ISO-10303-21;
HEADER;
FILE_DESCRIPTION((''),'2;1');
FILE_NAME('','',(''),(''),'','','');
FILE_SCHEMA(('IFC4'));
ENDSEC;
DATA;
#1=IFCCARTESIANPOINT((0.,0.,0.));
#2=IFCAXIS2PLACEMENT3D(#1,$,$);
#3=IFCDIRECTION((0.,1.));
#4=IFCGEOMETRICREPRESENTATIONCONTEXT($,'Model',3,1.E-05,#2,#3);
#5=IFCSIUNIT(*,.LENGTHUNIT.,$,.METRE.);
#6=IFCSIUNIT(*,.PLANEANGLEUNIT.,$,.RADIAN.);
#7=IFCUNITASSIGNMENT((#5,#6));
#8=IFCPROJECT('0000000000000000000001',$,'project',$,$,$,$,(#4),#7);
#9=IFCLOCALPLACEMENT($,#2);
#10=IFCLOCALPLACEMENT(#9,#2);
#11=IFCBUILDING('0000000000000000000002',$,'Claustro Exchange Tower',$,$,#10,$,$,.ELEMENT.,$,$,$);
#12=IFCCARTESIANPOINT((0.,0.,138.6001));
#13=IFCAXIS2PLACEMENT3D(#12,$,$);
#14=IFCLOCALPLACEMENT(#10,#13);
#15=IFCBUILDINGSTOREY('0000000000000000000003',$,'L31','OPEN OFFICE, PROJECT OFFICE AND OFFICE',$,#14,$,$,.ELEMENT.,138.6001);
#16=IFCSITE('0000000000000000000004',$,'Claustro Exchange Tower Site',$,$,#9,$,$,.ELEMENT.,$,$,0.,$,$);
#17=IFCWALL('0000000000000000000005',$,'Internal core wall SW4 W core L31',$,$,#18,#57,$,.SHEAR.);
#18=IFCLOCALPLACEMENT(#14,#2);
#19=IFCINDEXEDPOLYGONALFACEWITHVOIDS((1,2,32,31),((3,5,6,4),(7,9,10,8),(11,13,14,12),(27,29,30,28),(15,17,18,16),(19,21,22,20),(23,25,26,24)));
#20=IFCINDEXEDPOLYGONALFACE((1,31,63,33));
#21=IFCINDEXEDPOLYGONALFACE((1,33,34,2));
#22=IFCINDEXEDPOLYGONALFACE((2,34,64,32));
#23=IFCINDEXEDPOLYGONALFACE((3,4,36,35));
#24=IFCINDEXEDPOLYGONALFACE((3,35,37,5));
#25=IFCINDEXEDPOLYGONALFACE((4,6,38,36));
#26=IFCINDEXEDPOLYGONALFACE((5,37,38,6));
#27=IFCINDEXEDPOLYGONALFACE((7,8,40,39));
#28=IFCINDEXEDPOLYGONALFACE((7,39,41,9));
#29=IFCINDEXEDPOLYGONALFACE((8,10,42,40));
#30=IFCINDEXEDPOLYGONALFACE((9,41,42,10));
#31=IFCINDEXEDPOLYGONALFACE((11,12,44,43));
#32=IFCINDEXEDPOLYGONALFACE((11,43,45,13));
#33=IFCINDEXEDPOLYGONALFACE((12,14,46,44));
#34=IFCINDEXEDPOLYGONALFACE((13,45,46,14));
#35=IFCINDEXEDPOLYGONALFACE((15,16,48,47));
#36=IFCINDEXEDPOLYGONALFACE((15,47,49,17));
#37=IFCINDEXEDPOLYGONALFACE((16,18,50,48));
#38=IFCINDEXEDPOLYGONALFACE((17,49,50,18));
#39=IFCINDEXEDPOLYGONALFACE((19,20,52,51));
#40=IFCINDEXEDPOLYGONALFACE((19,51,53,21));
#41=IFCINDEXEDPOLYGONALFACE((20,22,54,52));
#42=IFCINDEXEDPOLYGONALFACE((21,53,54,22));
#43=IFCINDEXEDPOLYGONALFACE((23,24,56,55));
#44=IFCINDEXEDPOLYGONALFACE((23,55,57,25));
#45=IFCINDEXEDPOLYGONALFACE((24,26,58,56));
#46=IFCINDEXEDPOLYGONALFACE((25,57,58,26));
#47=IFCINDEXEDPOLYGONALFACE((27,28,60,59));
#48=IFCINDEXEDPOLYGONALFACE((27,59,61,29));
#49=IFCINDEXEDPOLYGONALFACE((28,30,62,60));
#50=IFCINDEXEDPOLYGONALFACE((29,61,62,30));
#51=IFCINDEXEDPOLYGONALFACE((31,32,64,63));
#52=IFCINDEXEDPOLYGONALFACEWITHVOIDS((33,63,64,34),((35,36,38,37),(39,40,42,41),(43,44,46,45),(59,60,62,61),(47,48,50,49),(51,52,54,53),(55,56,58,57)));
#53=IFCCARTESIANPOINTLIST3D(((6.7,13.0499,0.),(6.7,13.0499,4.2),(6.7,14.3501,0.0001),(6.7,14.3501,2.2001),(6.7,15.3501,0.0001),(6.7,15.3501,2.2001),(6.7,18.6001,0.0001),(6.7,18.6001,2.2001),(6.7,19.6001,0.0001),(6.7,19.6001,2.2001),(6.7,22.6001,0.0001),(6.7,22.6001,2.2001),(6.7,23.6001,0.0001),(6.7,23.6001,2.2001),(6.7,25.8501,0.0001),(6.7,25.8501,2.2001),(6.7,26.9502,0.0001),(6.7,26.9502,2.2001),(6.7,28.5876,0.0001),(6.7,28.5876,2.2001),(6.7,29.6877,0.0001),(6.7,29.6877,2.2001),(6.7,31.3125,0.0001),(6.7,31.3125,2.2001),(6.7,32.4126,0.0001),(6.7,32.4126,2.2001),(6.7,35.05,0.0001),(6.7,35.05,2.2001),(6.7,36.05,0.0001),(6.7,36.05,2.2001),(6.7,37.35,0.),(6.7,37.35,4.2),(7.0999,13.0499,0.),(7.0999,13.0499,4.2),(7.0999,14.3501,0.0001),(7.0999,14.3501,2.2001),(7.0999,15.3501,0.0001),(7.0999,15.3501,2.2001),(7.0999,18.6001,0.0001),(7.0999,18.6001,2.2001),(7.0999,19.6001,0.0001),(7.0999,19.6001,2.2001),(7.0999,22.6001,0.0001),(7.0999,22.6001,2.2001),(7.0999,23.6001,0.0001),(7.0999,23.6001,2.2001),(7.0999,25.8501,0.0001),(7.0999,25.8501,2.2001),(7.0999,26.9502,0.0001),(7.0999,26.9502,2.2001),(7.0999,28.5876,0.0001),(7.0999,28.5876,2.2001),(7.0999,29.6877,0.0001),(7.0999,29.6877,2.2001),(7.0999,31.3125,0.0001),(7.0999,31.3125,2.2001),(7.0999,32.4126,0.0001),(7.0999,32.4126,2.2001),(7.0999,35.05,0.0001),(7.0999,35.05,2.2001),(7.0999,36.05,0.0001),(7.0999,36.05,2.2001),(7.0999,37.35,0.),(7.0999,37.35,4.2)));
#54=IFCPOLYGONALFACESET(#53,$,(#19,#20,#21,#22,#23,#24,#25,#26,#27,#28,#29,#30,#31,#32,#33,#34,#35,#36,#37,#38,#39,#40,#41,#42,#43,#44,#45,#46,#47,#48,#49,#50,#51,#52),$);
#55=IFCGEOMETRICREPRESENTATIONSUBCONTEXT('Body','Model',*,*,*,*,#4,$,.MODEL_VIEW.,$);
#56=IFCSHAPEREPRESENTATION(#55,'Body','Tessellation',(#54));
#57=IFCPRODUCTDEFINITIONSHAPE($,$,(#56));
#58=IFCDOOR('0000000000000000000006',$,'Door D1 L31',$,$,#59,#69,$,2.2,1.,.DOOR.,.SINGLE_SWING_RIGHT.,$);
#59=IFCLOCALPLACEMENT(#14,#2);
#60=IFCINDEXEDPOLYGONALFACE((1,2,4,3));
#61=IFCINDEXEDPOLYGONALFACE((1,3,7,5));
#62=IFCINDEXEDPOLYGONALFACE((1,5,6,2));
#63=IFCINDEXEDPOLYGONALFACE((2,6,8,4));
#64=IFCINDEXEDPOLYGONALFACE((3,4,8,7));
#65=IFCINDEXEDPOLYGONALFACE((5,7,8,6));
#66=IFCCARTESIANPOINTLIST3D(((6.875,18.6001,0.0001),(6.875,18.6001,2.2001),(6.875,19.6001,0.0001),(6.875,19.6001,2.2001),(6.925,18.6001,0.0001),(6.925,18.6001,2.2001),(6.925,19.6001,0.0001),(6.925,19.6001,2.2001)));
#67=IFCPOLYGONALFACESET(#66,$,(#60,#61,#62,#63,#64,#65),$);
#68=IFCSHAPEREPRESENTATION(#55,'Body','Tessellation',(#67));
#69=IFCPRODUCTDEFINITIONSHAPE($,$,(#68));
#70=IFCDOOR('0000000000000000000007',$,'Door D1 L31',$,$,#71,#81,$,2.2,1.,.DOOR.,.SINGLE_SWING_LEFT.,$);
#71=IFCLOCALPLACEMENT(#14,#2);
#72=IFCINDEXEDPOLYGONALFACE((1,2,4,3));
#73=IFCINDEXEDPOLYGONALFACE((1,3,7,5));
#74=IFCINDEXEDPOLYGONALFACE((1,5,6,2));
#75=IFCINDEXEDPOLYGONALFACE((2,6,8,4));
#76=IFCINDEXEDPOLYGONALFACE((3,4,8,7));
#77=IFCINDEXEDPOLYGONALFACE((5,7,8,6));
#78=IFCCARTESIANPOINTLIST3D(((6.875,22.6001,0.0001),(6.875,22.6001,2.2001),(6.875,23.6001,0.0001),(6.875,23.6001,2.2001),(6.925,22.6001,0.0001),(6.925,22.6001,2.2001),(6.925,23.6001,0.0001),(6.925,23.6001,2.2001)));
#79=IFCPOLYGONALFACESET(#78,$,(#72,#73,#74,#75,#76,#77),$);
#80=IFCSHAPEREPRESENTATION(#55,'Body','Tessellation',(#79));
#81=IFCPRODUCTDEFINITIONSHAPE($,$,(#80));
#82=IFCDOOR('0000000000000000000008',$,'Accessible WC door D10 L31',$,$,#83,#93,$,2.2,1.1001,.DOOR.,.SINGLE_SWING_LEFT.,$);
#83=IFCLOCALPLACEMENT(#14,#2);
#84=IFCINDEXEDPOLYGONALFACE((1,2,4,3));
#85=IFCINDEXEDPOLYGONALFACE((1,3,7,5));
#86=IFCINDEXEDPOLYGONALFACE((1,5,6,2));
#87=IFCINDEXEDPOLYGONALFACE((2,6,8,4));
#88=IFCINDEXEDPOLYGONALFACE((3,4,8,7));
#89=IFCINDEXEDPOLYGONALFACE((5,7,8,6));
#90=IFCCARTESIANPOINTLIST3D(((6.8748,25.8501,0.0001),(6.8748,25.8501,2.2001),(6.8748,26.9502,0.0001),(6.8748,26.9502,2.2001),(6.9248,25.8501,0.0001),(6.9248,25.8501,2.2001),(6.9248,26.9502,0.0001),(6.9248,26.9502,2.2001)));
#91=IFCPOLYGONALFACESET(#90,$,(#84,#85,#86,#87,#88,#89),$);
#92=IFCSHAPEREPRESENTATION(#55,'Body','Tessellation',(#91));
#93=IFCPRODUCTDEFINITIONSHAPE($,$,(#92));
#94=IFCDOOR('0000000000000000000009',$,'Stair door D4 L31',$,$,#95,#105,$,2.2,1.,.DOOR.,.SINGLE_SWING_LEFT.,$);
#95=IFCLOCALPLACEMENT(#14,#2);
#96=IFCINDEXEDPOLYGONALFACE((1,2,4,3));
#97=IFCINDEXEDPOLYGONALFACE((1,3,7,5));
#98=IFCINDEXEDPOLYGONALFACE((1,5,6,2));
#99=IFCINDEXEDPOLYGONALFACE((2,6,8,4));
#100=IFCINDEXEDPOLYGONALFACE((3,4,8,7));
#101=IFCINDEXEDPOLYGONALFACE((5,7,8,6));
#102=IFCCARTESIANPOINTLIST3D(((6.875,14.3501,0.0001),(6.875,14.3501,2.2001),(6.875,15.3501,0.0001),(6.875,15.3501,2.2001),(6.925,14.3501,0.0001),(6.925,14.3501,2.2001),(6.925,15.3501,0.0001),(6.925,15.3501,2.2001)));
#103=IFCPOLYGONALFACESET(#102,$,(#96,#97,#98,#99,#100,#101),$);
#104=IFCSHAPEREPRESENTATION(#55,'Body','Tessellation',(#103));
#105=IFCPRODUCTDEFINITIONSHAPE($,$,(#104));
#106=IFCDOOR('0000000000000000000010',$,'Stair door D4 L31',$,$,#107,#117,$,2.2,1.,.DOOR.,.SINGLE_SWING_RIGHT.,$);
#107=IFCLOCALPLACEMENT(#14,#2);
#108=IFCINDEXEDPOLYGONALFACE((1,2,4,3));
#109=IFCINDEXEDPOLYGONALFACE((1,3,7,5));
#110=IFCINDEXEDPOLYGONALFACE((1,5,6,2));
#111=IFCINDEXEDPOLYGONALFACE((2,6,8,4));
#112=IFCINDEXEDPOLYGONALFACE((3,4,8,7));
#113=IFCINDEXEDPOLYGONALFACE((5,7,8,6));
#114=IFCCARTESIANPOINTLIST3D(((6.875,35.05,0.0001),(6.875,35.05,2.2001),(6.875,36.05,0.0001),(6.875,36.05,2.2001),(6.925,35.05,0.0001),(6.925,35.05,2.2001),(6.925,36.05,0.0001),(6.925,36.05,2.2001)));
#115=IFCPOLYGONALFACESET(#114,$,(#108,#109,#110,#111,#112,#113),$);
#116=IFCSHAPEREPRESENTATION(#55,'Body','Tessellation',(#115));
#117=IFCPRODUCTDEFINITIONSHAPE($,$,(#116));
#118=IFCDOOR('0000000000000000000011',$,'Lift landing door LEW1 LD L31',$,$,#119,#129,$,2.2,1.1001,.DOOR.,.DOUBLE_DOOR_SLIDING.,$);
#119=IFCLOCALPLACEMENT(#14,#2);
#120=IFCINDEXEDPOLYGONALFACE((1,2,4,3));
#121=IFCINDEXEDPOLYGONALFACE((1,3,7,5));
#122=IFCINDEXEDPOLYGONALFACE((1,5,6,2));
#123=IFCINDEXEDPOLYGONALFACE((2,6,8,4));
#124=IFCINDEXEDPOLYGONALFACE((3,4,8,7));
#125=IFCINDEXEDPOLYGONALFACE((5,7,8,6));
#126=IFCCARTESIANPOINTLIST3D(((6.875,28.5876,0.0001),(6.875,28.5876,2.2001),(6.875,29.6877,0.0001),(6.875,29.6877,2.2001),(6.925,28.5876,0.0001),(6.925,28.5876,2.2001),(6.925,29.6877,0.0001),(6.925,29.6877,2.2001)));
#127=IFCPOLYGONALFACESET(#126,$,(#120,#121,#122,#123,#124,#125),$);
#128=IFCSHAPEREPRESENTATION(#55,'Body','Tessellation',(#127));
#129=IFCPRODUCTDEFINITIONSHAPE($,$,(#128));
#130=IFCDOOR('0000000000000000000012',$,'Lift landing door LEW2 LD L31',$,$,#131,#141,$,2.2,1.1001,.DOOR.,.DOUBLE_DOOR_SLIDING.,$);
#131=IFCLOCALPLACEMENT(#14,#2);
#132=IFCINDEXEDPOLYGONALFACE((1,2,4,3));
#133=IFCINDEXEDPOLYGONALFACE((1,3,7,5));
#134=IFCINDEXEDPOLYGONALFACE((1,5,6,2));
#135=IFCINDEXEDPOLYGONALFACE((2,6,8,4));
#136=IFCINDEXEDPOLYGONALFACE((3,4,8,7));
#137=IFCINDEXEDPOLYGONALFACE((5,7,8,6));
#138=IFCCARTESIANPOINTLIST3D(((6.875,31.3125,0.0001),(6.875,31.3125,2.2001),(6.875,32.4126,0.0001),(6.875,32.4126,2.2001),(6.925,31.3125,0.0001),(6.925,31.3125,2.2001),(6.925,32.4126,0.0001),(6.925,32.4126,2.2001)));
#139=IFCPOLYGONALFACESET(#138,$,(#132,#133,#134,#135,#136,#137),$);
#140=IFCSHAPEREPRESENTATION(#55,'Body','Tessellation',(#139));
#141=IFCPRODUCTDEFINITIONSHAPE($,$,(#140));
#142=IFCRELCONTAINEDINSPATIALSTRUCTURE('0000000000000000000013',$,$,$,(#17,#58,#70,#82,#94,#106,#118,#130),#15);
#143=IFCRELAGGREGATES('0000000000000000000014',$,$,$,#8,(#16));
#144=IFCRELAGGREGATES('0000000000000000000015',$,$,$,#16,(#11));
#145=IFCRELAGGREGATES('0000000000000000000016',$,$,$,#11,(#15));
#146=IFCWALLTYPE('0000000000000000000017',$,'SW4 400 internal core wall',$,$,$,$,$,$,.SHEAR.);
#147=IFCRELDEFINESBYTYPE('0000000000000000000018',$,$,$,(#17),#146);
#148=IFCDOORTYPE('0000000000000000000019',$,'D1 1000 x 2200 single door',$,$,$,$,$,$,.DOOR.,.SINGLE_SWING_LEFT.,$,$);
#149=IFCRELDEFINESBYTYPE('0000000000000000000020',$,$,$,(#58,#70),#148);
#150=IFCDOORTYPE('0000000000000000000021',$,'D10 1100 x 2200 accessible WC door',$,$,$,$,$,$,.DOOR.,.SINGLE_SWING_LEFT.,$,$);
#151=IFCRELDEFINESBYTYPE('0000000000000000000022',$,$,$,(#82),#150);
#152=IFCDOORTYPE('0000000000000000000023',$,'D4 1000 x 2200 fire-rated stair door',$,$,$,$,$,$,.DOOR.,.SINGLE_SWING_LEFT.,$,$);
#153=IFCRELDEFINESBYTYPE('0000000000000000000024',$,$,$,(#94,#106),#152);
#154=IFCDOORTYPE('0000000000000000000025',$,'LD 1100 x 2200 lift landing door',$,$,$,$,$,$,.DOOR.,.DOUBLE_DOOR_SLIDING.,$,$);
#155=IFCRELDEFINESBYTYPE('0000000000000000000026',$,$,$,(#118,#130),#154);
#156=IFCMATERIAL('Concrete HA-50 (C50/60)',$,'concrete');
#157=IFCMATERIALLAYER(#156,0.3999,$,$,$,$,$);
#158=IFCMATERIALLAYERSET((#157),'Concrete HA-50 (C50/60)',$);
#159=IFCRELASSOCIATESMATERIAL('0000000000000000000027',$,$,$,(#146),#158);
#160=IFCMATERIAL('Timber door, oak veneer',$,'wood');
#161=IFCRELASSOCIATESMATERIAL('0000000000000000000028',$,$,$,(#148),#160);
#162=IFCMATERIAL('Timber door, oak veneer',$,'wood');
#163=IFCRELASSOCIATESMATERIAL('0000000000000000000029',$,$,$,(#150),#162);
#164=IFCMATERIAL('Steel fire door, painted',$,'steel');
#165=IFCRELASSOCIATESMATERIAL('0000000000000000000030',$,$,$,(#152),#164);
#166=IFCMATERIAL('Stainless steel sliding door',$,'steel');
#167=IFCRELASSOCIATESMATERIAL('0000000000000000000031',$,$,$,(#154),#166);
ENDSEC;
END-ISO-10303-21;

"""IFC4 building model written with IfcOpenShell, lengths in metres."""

from ifc_helpers import new_model, si_unit, direction, frame, frame_2d, origin, place, context, subcontext, project, spatial, rectangle, extrude, material, layer, layer_set, type_object, element, fill, save


model = new_model("IFC4")

# Units and contexts
model_context = context("Model", 3, precision=1e-05, world=origin(), true_north=direction((0.0, 1.0)))
body_context = subcontext(model_context, "Body", "Model", "MODEL_VIEW")
ifc_project = project(units=[si_unit("LENGTHUNIT", "METRE"), si_unit("PLANEANGLEUNIT", "RADIAN")], contexts=[model_context])

# Site, building, storey
site_placement = place(None, origin())
site = spatial("IfcSite", under=ifc_project, at=site_placement, Name="Claustro Exchange Tower Site", CompositionType="ELEMENT", RefElevation=0.0)
building_placement = place(site_placement, origin())
building = spatial("IfcBuilding", under=site, at=building_placement, Name="Claustro Exchange Tower", CompositionType="ELEMENT")
storey_placement = place(building_placement, frame((0.0, 0.0, 138.6001)))
storey = spatial("IfcBuildingStorey", under=building, at=storey_placement, Name="L31", Description="OPEN OFFICE, PROJECT OFFICE AND OFFICE", CompositionType="ELEMENT", Elevation=138.6001)

# Wall, openings, doors
ifc_material_1 = material(Name="Concrete HA-50 (C50/60)", Category="concrete")
ifc_layer_1 = layer(ifc_material_1, 0.3999)
ifc_layer_set_1 = layer_set([ifc_layer_1], Name="Concrete HA-50 (C50/60)")
wall_type_1 = type_object("IfcWallType", Name="SW4 400 internal core wall", PredefinedType="SHEAR", material=ifc_layer_set_1)
wall_1_placement = place(storey_placement, frame((6.8999, 13.05, 0.0), z_axis=(0.0, 0.0, 1.0), x_axis=(0.0, 1.0, 0.0)))
wall_1 = element("IfcWall", 1, at=wall_1_placement, inside=storey, type_object=wall_type_1, Name="Internal core wall SW4 W core L31", PredefinedType="SHEAR", context=body_context, shape_type="SweptSolid", body=[
    extrude(rectangle(XDim=24.3, YDim=0.3999, at=frame_2d((12.1499, 0.0))), origin(), (0.0, 0.0, 1.0), 4.2),
])
opening_1_placement = place(wall_1_placement, frame((1.3, 0.0, 0.0)))
opening_1 = element("IfcOpeningElement", 2, at=opening_1_placement, cuts=wall_1, PredefinedType="OPENING", context=body_context, shape_type="SweptSolid", body=[
    extrude(rectangle(XDim=1.0, YDim=2.2, at=frame_2d((0.5, 1.1001))), frame((0.0, 0.21, 0.0), z_axis=(0.0, -1.0, 0.0), x_axis=(1.0, 0.0, 0.0)), (0.0, 0.0, 1.0), 0.4199),
])
opening_2_placement = place(wall_1_placement, frame((22.0, 0.0, 0.0)))
opening_2 = element("IfcOpeningElement", 3, at=opening_2_placement, cuts=wall_1, PredefinedType="OPENING", context=body_context, shape_type="SweptSolid", body=[
    extrude(rectangle(XDim=1.0, YDim=2.2, at=frame_2d((0.5, 1.1001))), frame((0.0, 0.21, 0.0), z_axis=(0.0, -1.0, 0.0), x_axis=(1.0, 0.0, 0.0)), (0.0, 0.0, 1.0), 0.4199),
])
opening_3_placement = place(wall_1_placement, frame((5.55, 0.0, 0.0)))
opening_3 = element("IfcOpeningElement", 4, at=opening_3_placement, cuts=wall_1, PredefinedType="OPENING", context=body_context, shape_type="SweptSolid", body=[
    extrude(rectangle(XDim=1.0, YDim=2.2, at=frame_2d((0.5, 1.1001))), frame((0.0, 0.21, 0.0), z_axis=(0.0, -1.0, 0.0), x_axis=(1.0, 0.0, 0.0)), (0.0, 0.0, 1.0), 0.4199),
])
opening_4_placement = place(wall_1_placement, frame((9.55, 0.0, 0.0)))
opening_4 = element("IfcOpeningElement", 5, at=opening_4_placement, cuts=wall_1, PredefinedType="OPENING", context=body_context, shape_type="SweptSolid", body=[
    extrude(rectangle(XDim=1.0, YDim=2.2, at=frame_2d((0.5, 1.1001))), frame((0.0, 0.21, 0.0), z_axis=(0.0, -1.0, 0.0), x_axis=(1.0, 0.0, 0.0)), (0.0, 0.0, 1.0), 0.4199),
])
opening_5_placement = place(wall_1_placement, frame((12.8, 0.0, 0.0)))
opening_5 = element("IfcOpeningElement", 6, at=opening_5_placement, cuts=wall_1, PredefinedType="OPENING", context=body_context, shape_type="SweptSolid", body=[
    extrude(rectangle(XDim=1.1001, YDim=2.2, at=frame_2d((0.55, 1.1001))), frame((0.0, 0.21, 0.0), z_axis=(0.0, -1.0, 0.0), x_axis=(1.0, 0.0, 0.0)), (0.0, 0.0, 1.0), 0.4199),
])
opening_6_placement = place(wall_1_placement, frame((15.5376, 0.0, 0.0)))
opening_6 = element("IfcOpeningElement", 7, at=opening_6_placement, cuts=wall_1, PredefinedType="OPENING", context=body_context, shape_type="SweptSolid", body=[
    extrude(rectangle(XDim=1.1001, YDim=2.2, at=frame_2d((0.55, 1.1001))), frame((0.0, 0.21, 0.0), z_axis=(0.0, -1.0, 0.0), x_axis=(1.0, 0.0, 0.0)), (0.0, 0.0, 1.0), 0.4199),
])
opening_7_placement = place(wall_1_placement, frame((18.2625, 0.0, 0.0)))
opening_7 = element("IfcOpeningElement", 8, at=opening_7_placement, cuts=wall_1, PredefinedType="OPENING", context=body_context, shape_type="SweptSolid", body=[
    extrude(rectangle(XDim=1.1001, YDim=2.2, at=frame_2d((0.55, 1.1001))), frame((0.0, 0.21, 0.0), z_axis=(0.0, -1.0, 0.0), x_axis=(1.0, 0.0, 0.0)), (0.0, 0.0, 1.0), 0.4199),
])
ifc_material_2 = material(Name="Timber door, oak veneer", Category="wood")
door_type_1 = type_object("IfcDoorType", Name="D1 1000 x 2200 single door", OperationType="SINGLE_SWING_LEFT", PredefinedType="DOOR", material=ifc_material_2)
door_1_placement = place(opening_3_placement, origin())
door_1 = element("IfcDoor", 9, at=door_1_placement, inside=storey, type_object=door_type_1, Name="Door D1 L31", OperationType="SINGLE_SWING_RIGHT", OverallHeight=2.2, OverallWidth=1.0, PredefinedType="DOOR", context=body_context, shape_type="SweptSolid", body=[
    extrude(rectangle(XDim=1.0, YDim=2.2, at=frame_2d((0.5, 1.1001))), frame((0.0, 0.0249, 0.0), z_axis=(0.0, -1.0, 0.0), x_axis=(1.0, 0.0, 0.0)), (0.0, 0.0, 1.0), 0.05),
])
fill(opening_3, door_1)
door_2_placement = place(opening_4_placement, origin())
door_2 = element("IfcDoor", 10, at=door_2_placement, inside=storey, type_object=door_type_1, Name="Door D1 L31", OperationType="SINGLE_SWING_LEFT", OverallHeight=2.2, OverallWidth=1.0, PredefinedType="DOOR", context=body_context, shape_type="SweptSolid", body=[
    extrude(rectangle(XDim=1.0, YDim=2.2, at=frame_2d((0.5, 1.1001))), frame((0.0, 0.0249, 0.0), z_axis=(0.0, -1.0, 0.0), x_axis=(1.0, 0.0, 0.0)), (0.0, 0.0, 1.0), 0.05),
])
fill(opening_4, door_2)
ifc_material_3 = material(Name="Timber door, oak veneer", Category="wood")
door_type_2 = type_object("IfcDoorType", Name="D10 1100 x 2200 accessible WC door", OperationType="SINGLE_SWING_LEFT", PredefinedType="DOOR", material=ifc_material_3)
door_3_placement = place(opening_5_placement, frame((1.1001, 0.0, 0.0), z_axis=(0.0, 0.0, 1.0), x_axis=(-1.0, 0.0, 0.0)))
door_3 = element("IfcDoor", 11, at=door_3_placement, inside=storey, type_object=door_type_2, Name="Accessible WC door D10 L31", OperationType="SINGLE_SWING_LEFT", OverallHeight=2.2, OverallWidth=1.1001, PredefinedType="DOOR", context=body_context, shape_type="SweptSolid", body=[
    extrude(rectangle(XDim=1.1001, YDim=2.2, at=frame_2d((0.55, 1.1001))), frame((0.0, 0.0249, 0.0), z_axis=(0.0, -1.0, 0.0), x_axis=(1.0, 0.0, 0.0)), (0.0, 0.0, 1.0), 0.05),
])
fill(opening_5, door_3)
ifc_material_4 = material(Name="Steel fire door, painted", Category="steel")
door_type_3 = type_object("IfcDoorType", Name="D4 1000 x 2200 fire-rated stair door", OperationType="SINGLE_SWING_LEFT", PredefinedType="DOOR", material=ifc_material_4)
door_4_placement = place(opening_1_placement, origin())
door_4 = element("IfcDoor", 12, at=door_4_placement, inside=storey, type_object=door_type_3, Name="Stair door D4 L31", OperationType="SINGLE_SWING_LEFT", OverallHeight=2.2, OverallWidth=1.0, PredefinedType="DOOR", context=body_context, shape_type="SweptSolid", body=[
    extrude(rectangle(XDim=1.0, YDim=2.2, at=frame_2d((0.5, 1.1001))), frame((0.0, 0.0249, 0.0), z_axis=(0.0, -1.0, 0.0), x_axis=(1.0, 0.0, 0.0)), (0.0, 0.0, 1.0), 0.05),
])
fill(opening_1, door_4)
door_5_placement = place(opening_2_placement, origin())
door_5 = element("IfcDoor", 13, at=door_5_placement, inside=storey, type_object=door_type_3, Name="Stair door D4 L31", OperationType="SINGLE_SWING_RIGHT", OverallHeight=2.2, OverallWidth=1.0, PredefinedType="DOOR", context=body_context, shape_type="SweptSolid", body=[
    extrude(rectangle(XDim=1.0, YDim=2.2, at=frame_2d((0.5, 1.1001))), frame((0.0, 0.0249, 0.0), z_axis=(0.0, -1.0, 0.0), x_axis=(1.0, 0.0, 0.0)), (0.0, 0.0, 1.0), 0.05),
])
fill(opening_2, door_5)
ifc_material_5 = material(Name="Stainless steel sliding door", Category="steel")
door_type_4 = type_object("IfcDoorType", Name="LD 1100 x 2200 lift landing door", OperationType="DOUBLE_DOOR_SLIDING", PredefinedType="DOOR", material=ifc_material_5)
door_6_placement = place(opening_6_placement, origin())
door_6 = element("IfcDoor", 14, at=door_6_placement, inside=storey, type_object=door_type_4, Name="Lift landing door LEW1 LD L31", OperationType="DOUBLE_DOOR_SLIDING", OverallHeight=2.2, OverallWidth=1.1001, PredefinedType="DOOR", context=body_context, shape_type="SweptSolid", body=[
    extrude(rectangle(XDim=1.1001, YDim=2.2, at=frame_2d((0.55, 1.1001))), frame((0.0, 0.0249, 0.0), z_axis=(0.0, -1.0, 0.0), x_axis=(1.0, 0.0, 0.0)), (0.0, 0.0, 1.0), 0.05),
])
fill(opening_6, door_6)
door_7_placement = place(opening_7_placement, origin())
door_7 = element("IfcDoor", 15, at=door_7_placement, inside=storey, type_object=door_type_4, Name="Lift landing door LEW2 LD L31", OperationType="DOUBLE_DOOR_SLIDING", OverallHeight=2.2, OverallWidth=1.1001, PredefinedType="DOOR", context=body_context, shape_type="SweptSolid", body=[
    extrude(rectangle(XDim=1.1001, YDim=2.2, at=frame_2d((0.55, 1.1001))), frame((0.0, 0.0249, 0.0), z_axis=(0.0, -1.0, 0.0), x_axis=(1.0, 0.0, 0.0)), (0.0, 0.0, 1.0), 0.05),
])
fill(opening_7, door_7)

save(model, "model.ifc")
